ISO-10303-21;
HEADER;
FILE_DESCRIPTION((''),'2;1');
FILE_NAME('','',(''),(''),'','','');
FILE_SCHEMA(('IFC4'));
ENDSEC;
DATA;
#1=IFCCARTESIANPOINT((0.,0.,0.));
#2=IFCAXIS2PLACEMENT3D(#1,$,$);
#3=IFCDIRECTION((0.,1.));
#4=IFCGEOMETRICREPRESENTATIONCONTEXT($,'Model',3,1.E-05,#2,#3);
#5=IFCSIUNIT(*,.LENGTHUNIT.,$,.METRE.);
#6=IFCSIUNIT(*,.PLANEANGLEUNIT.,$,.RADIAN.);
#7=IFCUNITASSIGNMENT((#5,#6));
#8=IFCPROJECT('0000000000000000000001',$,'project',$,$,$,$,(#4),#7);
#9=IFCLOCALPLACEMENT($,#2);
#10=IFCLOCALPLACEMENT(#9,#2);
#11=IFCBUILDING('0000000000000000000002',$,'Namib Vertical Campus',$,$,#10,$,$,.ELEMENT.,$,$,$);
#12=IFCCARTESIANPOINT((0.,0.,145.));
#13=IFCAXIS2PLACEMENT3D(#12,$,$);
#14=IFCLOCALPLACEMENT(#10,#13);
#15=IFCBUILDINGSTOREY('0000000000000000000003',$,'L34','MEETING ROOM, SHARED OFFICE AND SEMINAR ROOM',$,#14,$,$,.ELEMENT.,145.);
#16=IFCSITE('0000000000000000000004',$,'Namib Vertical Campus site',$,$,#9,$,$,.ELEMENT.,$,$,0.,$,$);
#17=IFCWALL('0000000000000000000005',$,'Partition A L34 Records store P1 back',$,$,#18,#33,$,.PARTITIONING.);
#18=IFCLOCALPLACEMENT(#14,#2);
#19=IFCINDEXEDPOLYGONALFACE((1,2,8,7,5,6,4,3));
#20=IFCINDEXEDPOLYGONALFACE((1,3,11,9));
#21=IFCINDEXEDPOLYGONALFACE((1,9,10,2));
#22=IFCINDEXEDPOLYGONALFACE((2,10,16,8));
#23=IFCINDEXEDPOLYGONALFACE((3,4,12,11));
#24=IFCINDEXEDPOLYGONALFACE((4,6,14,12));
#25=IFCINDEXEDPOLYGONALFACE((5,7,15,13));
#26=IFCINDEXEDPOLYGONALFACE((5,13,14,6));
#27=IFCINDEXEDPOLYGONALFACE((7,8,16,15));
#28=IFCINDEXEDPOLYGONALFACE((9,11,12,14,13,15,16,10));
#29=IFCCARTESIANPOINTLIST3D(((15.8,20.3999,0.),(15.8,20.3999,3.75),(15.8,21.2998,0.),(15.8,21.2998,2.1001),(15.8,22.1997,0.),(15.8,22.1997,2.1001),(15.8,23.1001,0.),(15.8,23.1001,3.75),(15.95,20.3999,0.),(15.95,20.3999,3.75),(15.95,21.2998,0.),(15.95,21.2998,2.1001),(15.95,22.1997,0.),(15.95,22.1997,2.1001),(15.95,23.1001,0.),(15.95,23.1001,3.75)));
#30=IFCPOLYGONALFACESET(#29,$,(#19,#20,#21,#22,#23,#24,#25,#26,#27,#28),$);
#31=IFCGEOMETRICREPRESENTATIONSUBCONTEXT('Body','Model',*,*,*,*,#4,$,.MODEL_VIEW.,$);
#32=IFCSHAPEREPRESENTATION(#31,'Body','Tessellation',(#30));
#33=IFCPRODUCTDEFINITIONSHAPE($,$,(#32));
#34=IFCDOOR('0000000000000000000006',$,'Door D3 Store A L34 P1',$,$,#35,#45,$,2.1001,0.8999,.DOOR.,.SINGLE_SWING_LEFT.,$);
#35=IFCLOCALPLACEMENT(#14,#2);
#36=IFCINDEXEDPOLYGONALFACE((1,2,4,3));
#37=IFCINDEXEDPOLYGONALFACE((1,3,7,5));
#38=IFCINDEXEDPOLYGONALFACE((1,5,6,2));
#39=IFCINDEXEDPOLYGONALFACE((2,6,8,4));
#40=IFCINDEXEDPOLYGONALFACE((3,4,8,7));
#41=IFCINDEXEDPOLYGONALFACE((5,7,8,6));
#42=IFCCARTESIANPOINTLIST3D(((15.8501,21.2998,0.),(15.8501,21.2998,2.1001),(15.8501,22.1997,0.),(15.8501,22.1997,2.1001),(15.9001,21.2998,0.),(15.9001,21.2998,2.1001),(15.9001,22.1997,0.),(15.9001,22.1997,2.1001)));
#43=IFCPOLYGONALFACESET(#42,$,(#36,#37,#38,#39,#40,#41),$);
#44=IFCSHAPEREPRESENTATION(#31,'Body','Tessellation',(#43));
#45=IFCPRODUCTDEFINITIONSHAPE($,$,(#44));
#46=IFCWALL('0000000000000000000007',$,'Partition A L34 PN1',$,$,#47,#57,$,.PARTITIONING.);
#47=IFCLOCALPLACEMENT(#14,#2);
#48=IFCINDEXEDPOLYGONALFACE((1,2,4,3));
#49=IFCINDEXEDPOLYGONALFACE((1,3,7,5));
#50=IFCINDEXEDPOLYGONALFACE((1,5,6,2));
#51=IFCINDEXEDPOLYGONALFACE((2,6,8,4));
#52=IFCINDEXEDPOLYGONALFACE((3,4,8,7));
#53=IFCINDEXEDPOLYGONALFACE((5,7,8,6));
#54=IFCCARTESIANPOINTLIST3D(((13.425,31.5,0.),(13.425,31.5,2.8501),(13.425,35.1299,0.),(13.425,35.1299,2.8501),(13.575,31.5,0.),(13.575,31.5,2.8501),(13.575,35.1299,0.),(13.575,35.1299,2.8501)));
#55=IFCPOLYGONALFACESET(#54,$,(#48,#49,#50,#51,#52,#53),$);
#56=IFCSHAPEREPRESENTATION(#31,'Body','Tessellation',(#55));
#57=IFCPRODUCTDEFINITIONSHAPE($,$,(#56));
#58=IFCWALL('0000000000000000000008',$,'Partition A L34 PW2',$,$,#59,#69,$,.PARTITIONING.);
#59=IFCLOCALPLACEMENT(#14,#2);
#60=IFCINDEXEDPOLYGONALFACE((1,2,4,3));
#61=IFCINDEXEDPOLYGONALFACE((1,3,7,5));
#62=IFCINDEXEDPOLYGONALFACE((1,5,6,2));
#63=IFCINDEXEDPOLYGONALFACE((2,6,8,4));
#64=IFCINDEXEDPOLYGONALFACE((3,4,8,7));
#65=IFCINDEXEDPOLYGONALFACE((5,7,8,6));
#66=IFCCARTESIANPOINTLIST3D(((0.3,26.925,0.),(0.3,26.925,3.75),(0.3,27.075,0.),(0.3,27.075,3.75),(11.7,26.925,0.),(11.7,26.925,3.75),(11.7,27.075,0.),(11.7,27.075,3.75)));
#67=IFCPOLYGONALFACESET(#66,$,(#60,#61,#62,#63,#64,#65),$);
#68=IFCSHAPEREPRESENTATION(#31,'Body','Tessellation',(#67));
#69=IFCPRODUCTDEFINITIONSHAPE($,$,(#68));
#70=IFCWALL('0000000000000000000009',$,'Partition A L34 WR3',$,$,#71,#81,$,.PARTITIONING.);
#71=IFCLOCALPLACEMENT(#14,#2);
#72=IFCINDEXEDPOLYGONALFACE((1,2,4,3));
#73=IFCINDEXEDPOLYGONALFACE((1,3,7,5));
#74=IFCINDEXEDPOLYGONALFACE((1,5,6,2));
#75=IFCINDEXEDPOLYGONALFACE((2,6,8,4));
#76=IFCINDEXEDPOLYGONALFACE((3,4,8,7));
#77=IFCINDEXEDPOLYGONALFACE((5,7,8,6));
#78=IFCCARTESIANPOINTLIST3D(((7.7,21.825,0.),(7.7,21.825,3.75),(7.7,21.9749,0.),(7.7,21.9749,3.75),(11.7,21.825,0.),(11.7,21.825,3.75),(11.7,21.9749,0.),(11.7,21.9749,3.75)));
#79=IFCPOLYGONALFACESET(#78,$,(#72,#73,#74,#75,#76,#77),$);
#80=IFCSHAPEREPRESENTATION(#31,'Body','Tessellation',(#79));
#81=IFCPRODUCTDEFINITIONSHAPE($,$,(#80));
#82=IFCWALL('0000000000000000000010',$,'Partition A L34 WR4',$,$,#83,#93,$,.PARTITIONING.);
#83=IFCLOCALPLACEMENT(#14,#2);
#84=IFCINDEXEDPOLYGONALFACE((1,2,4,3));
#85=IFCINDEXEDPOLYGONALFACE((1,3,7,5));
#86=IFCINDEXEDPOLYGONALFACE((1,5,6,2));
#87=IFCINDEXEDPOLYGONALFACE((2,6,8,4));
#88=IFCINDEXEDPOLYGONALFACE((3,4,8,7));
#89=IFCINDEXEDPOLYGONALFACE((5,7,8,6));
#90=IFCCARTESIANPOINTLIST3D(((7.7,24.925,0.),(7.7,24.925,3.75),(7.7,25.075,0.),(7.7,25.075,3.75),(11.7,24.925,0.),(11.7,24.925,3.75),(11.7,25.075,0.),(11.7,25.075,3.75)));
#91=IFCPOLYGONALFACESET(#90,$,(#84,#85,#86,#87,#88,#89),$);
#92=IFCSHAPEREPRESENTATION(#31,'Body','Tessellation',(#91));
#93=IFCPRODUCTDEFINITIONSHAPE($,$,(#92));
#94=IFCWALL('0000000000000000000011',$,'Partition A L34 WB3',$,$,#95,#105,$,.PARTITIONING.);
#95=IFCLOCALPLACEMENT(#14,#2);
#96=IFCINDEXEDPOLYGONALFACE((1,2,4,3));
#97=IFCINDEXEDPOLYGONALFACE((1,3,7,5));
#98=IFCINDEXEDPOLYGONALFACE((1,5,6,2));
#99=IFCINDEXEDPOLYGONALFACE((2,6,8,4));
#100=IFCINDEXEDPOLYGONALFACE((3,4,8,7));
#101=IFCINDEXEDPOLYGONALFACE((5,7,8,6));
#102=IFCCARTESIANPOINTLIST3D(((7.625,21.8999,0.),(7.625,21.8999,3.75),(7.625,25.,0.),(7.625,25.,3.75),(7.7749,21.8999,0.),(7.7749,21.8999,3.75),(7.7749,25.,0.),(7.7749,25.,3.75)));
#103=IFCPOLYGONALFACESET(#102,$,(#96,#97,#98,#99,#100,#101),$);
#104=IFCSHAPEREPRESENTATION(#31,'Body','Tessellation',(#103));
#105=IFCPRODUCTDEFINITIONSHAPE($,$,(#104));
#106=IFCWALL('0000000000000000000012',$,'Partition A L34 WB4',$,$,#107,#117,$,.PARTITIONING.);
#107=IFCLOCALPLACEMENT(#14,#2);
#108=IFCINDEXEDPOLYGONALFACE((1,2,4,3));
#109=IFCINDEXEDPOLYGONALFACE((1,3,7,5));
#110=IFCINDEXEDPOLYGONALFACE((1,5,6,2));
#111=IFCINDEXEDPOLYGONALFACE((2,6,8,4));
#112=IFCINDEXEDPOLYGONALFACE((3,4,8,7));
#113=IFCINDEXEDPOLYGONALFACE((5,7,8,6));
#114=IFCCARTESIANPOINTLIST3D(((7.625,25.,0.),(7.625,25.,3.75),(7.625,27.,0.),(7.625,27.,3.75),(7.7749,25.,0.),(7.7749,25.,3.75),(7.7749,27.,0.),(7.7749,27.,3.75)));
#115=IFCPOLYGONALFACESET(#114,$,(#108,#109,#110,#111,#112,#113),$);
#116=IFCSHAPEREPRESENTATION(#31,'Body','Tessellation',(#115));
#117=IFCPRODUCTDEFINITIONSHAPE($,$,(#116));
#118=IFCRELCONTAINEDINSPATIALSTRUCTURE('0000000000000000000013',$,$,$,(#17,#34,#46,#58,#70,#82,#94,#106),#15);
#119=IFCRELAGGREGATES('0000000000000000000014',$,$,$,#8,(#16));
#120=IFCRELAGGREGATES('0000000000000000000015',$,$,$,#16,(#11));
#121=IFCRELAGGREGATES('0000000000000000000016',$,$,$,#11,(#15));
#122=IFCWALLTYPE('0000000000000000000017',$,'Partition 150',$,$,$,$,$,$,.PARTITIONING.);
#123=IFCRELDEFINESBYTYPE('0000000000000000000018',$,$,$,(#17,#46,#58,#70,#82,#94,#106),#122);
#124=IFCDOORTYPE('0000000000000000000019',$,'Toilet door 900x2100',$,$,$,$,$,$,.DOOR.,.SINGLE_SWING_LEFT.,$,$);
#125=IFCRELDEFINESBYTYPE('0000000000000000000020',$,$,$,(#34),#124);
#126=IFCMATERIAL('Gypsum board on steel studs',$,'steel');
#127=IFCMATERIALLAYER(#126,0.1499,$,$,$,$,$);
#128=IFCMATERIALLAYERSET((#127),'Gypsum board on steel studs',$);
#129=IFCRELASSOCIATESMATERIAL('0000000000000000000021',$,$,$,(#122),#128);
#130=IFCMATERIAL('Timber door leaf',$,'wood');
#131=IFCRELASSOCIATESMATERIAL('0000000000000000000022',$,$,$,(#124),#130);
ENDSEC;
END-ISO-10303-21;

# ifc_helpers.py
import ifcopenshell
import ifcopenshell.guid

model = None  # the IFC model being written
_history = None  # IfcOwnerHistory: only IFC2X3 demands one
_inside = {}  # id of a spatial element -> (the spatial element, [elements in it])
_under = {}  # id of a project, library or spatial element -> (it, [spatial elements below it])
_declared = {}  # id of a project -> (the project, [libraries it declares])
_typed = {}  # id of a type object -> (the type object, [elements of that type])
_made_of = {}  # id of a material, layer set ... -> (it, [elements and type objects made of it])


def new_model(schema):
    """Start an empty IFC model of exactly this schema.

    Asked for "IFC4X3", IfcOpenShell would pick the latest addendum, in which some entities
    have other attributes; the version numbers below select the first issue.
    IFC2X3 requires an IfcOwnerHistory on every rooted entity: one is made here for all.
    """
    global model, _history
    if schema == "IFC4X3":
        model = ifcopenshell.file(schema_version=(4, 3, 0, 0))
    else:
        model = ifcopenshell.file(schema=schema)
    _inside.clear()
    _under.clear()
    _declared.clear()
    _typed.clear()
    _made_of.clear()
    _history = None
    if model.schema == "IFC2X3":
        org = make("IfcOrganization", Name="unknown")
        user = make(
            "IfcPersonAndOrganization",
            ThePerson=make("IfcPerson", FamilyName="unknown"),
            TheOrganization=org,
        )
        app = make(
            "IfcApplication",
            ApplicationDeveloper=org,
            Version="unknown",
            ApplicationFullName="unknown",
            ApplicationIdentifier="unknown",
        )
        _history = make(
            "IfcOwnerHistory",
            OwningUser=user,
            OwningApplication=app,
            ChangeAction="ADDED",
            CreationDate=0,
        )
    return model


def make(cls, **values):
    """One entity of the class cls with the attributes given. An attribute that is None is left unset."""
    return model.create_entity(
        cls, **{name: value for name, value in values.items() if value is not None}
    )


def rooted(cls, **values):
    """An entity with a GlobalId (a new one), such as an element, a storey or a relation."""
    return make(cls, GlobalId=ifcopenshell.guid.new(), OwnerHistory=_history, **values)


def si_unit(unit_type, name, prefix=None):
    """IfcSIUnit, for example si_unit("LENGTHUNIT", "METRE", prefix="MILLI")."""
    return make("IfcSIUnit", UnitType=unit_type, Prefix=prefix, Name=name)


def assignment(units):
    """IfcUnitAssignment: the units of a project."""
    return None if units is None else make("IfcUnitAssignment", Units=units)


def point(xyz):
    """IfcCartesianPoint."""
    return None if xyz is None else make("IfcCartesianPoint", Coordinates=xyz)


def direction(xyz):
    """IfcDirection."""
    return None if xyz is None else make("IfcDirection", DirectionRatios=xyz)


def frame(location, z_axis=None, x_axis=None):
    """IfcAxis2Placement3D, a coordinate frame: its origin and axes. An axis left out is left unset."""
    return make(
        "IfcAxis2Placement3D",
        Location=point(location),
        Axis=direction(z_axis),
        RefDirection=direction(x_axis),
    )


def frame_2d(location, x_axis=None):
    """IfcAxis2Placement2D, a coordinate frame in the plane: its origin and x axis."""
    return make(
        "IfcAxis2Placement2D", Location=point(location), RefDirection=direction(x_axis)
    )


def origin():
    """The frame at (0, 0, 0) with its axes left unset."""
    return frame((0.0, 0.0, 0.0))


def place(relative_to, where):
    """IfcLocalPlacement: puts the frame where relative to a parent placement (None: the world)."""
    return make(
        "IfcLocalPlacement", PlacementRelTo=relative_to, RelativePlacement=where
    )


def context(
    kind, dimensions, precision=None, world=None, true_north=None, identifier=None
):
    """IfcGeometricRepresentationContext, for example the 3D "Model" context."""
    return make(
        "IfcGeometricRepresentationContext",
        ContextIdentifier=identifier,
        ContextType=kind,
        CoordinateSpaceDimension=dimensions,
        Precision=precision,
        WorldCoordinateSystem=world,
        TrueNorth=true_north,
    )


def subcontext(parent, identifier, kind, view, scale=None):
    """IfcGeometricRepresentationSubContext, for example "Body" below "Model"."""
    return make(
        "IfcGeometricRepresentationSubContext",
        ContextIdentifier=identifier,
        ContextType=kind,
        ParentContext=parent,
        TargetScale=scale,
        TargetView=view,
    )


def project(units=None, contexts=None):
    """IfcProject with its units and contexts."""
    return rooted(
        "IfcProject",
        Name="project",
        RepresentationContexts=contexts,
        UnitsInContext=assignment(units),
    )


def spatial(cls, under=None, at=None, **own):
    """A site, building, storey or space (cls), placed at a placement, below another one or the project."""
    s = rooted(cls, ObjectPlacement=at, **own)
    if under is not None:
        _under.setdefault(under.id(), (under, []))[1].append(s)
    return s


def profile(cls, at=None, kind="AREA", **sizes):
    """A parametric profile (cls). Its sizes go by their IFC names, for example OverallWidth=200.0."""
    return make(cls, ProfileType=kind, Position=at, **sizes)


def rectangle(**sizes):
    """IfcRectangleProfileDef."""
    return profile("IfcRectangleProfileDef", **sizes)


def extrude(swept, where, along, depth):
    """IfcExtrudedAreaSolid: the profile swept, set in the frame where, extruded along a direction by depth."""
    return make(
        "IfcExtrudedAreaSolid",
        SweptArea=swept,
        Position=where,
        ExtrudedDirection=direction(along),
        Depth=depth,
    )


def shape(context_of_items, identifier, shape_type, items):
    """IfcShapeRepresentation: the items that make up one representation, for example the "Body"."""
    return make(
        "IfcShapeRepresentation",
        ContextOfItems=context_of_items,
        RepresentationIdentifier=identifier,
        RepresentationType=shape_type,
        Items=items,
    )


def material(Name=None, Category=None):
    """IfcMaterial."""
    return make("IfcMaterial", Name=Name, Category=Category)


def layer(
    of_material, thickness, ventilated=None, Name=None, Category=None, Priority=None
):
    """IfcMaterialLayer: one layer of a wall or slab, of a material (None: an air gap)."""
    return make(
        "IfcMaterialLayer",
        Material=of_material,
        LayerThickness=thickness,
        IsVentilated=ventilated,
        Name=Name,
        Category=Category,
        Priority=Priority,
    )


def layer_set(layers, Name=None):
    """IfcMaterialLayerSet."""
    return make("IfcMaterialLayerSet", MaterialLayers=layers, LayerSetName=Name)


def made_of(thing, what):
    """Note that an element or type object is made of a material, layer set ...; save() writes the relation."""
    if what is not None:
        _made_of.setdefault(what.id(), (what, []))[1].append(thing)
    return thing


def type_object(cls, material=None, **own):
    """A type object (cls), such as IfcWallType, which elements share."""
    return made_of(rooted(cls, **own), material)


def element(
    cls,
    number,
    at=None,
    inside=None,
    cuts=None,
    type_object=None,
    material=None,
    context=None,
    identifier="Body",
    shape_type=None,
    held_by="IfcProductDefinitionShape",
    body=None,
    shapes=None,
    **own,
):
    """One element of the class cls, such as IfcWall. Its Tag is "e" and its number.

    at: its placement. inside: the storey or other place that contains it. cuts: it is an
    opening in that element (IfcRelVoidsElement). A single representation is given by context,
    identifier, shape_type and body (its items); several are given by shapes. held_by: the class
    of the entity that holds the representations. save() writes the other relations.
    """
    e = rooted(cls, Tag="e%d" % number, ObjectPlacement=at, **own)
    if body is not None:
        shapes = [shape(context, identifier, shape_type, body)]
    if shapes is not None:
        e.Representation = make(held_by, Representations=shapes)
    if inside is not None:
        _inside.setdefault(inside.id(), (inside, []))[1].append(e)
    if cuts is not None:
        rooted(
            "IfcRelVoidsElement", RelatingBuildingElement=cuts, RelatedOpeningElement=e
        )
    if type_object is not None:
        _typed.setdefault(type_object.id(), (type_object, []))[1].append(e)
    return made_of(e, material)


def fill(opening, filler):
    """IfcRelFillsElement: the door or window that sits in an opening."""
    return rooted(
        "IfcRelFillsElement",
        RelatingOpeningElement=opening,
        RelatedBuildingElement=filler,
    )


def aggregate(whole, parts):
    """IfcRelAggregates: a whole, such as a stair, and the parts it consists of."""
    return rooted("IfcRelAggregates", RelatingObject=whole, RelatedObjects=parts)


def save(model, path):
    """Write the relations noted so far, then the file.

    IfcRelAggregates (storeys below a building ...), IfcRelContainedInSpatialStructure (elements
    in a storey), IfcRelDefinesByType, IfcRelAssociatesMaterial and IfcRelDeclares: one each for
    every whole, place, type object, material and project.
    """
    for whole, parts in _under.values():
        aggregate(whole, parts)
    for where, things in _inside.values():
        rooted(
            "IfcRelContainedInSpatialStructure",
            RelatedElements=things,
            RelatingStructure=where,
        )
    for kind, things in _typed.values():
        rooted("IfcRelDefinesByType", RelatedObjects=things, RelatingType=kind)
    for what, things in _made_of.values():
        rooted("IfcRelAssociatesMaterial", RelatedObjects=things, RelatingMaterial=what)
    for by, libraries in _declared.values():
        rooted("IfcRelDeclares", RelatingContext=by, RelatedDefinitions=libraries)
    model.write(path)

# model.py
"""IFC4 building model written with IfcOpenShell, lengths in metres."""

from ifc_helpers import new_model, si_unit, direction, frame, frame_2d, origin, place, context, subcontext, project, spatial, rectangle, extrude, material, layer, layer_set, type_object, element, fill, save


model = new_model("IFC4")

# Units and contexts
model_context = context("Model", 3, precision=1e-05, world=origin(), true_north=direction((0.0, 1.0)))
body_context = subcontext(model_context, "Body", "Model", "MODEL_VIEW")
ifc_project = project(units=[si_unit("LENGTHUNIT", "METRE"), si_unit("PLANEANGLEUNIT", "RADIAN")], contexts=[model_context])

# Site, building, storey
site_placement = place(None, origin())
site = spatial("IfcSite", under=ifc_project, at=site_placement, Name="Namib Vertical Campus site", CompositionType="ELEMENT", RefElevation=0.0)
building_placement = place(site_placement, origin())
building = spatial("IfcBuilding", under=site, at=building_placement, Name="Namib Vertical Campus", CompositionType="ELEMENT")
storey_placement = place(building_placement, frame((0.0, 0.0, 145.0)))
storey = spatial("IfcBuildingStorey", under=building, at=storey_placement, Name="L34", Description="MEETING ROOM, SHARED OFFICE AND SEMINAR ROOM", CompositionType="ELEMENT", Elevation=145.0)

# Wall, opening, door
ifc_material_1 = material(Name="Gypsum board on steel studs", Category="steel")
ifc_layer_1 = layer(ifc_material_1, 0.1499)
ifc_layer_set_1 = layer_set([ifc_layer_1], Name="Gypsum board on steel studs")
wall_type_1 = type_object("IfcWallType", Name="Partition 150", PredefinedType="PARTITIONING", material=ifc_layer_set_1)
wall_1_placement = place(storey_placement, frame((15.875, 20.3999, 0.0), z_axis=(0.0, 0.0, 1.0), x_axis=(0.0, 1.0, 0.0)))
wall_1 = element("IfcWall", 1, at=wall_1_placement, inside=storey, type_object=wall_type_1, Name="Partition A L34 Records store P1 back", PredefinedType="PARTITIONING", context=body_context, shape_type="SweptSolid", body=[
    extrude(rectangle(XDim=2.7002, YDim=0.1499, at=frame_2d((1.3501, 0.0))), origin(), (0.0, 0.0, 1.0), 3.75),
])
opening_1_placement = place(wall_1_placement, frame((0.8999, 0.0, 0.0)))
opening_1 = element("IfcOpeningElement", 2, at=opening_1_placement, cuts=wall_1, PredefinedType="OPENING", context=body_context, shape_type="SweptSolid", body=[
    extrude(rectangle(XDim=0.8999, YDim=2.1001, at=frame_2d((0.45, 1.05))), frame((0.0, 0.085, 0.0), z_axis=(0.0, -1.0, 0.0), x_axis=(1.0, 0.0, 0.0)), (0.0, 0.0, 1.0), 0.1699),
])
ifc_material_2 = material(Name="Timber door leaf", Category="wood")
door_type_1 = type_object("IfcDoorType", Name="Toilet door 900x2100", OperationType="SINGLE_SWING_LEFT", PredefinedType="DOOR", material=ifc_material_2)
door_1_placement = place(opening_1_placement, origin())
door_1 = element("IfcDoor", 3, at=door_1_placement, inside=storey, type_object=door_type_1, Name="Door D3 Store A L34 P1", OperationType="SINGLE_SWING_LEFT", OverallHeight=2.1001, OverallWidth=0.8999, PredefinedType="DOOR", context=body_context, shape_type="SweptSolid", body=[
    extrude(rectangle(XDim=0.8999, YDim=2.1001, at=frame_2d((0.45, 1.05))), frame((0.0, 0.0249, 0.0), z_axis=(0.0, -1.0, 0.0), x_axis=(1.0, 0.0, 0.0)), (0.0, 0.0, 1.0), 0.05),
])
fill(opening_1, door_1)

# Walls
wall_2_placement = place(storey_placement, frame((13.5, 31.5, 0.0), z_axis=(0.0, 0.0, 1.0), x_axis=(0.0, 1.0, 0.0)))
element("IfcWall", 4, at=wall_2_placement, inside=storey, type_object=wall_type_1, Name="Partition A L34 PN1", PredefinedType="PARTITIONING", context=body_context, shape_type="SweptSolid", body=[
    extrude(rectangle(XDim=3.6299, YDim=0.1499, at=frame_2d((1.8149, 0.0))), origin(), (0.0, 0.0, 1.0), 2.8501),
])
wall_3_placement = place(storey_placement, frame((0.3, 27.0, 0.0), z_axis=(0.0, 0.0, 1.0), x_axis=(1.0, 0.0, 0.0)))
element("IfcWall", 5, at=wall_3_placement, inside=storey, type_object=wall_type_1, Name="Partition A L34 PW2", PredefinedType="PARTITIONING", context=body_context, shape_type="SweptSolid", body=[
    extrude(rectangle(XDim=11.3999, YDim=0.1499, at=frame_2d((5.7, 0.0))), origin(), (0.0, 0.0, 1.0), 3.75),
])
for number, where, z_axis, x_axis, name in (
    (6, (11.7, 21.8999, 0.0), (0.0, 0.0, 1.0), (-1.0, 0.0, 0.0), "Partition A L34 WR3"),
    (7, (11.7, 25.0, 0.0), (0.0, 0.0, 1.0), (-1.0, 0.0, 0.0), "Partition A L34 WR4"),
):
    element("IfcWall", number, at=place(storey_placement, frame(where, z_axis=z_axis, x_axis=x_axis)), inside=storey, type_object=wall_type_1, Name=name, PredefinedType="PARTITIONING", context=body_context, shape_type="SweptSolid", body=[
        extrude(rectangle(XDim=4.0, YDim=0.1499, at=frame_2d((2.0, 0.0))), origin(), (0.0, 0.0, 1.0), 3.75),
    ])
wall_4_placement = place(storey_placement, frame((7.7, 21.8999, 0.0), z_axis=(0.0, 0.0, 1.0), x_axis=(0.0, 1.0, 0.0)))
element("IfcWall", 8, at=wall_4_placement, inside=storey, type_object=wall_type_1, Name="Partition A L34 WB3", PredefinedType="PARTITIONING", context=body_context, shape_type="SweptSolid", body=[
    extrude(rectangle(XDim=3.1001, YDim=0.1499, at=frame_2d((1.55, 0.0))), origin(), (0.0, 0.0, 1.0), 3.75),
])
wall_5_placement = place(storey_placement, frame((7.7, 25.0, 0.0), z_axis=(0.0, 0.0, 1.0), x_axis=(0.0, 1.0, 0.0)))
element("IfcWall", 9, at=wall_5_placement, inside=storey, type_object=wall_type_1, Name="Partition A L34 WB4", PredefinedType="PARTITIONING", context=body_context, shape_type="SweptSolid", body=[
    extrude(rectangle(XDim=2.0, YDim=0.1499, at=frame_2d((1.0, 0.0))), origin(), (0.0, 0.0, 1.0), 3.75),
])

save(model, "model.ifc")
